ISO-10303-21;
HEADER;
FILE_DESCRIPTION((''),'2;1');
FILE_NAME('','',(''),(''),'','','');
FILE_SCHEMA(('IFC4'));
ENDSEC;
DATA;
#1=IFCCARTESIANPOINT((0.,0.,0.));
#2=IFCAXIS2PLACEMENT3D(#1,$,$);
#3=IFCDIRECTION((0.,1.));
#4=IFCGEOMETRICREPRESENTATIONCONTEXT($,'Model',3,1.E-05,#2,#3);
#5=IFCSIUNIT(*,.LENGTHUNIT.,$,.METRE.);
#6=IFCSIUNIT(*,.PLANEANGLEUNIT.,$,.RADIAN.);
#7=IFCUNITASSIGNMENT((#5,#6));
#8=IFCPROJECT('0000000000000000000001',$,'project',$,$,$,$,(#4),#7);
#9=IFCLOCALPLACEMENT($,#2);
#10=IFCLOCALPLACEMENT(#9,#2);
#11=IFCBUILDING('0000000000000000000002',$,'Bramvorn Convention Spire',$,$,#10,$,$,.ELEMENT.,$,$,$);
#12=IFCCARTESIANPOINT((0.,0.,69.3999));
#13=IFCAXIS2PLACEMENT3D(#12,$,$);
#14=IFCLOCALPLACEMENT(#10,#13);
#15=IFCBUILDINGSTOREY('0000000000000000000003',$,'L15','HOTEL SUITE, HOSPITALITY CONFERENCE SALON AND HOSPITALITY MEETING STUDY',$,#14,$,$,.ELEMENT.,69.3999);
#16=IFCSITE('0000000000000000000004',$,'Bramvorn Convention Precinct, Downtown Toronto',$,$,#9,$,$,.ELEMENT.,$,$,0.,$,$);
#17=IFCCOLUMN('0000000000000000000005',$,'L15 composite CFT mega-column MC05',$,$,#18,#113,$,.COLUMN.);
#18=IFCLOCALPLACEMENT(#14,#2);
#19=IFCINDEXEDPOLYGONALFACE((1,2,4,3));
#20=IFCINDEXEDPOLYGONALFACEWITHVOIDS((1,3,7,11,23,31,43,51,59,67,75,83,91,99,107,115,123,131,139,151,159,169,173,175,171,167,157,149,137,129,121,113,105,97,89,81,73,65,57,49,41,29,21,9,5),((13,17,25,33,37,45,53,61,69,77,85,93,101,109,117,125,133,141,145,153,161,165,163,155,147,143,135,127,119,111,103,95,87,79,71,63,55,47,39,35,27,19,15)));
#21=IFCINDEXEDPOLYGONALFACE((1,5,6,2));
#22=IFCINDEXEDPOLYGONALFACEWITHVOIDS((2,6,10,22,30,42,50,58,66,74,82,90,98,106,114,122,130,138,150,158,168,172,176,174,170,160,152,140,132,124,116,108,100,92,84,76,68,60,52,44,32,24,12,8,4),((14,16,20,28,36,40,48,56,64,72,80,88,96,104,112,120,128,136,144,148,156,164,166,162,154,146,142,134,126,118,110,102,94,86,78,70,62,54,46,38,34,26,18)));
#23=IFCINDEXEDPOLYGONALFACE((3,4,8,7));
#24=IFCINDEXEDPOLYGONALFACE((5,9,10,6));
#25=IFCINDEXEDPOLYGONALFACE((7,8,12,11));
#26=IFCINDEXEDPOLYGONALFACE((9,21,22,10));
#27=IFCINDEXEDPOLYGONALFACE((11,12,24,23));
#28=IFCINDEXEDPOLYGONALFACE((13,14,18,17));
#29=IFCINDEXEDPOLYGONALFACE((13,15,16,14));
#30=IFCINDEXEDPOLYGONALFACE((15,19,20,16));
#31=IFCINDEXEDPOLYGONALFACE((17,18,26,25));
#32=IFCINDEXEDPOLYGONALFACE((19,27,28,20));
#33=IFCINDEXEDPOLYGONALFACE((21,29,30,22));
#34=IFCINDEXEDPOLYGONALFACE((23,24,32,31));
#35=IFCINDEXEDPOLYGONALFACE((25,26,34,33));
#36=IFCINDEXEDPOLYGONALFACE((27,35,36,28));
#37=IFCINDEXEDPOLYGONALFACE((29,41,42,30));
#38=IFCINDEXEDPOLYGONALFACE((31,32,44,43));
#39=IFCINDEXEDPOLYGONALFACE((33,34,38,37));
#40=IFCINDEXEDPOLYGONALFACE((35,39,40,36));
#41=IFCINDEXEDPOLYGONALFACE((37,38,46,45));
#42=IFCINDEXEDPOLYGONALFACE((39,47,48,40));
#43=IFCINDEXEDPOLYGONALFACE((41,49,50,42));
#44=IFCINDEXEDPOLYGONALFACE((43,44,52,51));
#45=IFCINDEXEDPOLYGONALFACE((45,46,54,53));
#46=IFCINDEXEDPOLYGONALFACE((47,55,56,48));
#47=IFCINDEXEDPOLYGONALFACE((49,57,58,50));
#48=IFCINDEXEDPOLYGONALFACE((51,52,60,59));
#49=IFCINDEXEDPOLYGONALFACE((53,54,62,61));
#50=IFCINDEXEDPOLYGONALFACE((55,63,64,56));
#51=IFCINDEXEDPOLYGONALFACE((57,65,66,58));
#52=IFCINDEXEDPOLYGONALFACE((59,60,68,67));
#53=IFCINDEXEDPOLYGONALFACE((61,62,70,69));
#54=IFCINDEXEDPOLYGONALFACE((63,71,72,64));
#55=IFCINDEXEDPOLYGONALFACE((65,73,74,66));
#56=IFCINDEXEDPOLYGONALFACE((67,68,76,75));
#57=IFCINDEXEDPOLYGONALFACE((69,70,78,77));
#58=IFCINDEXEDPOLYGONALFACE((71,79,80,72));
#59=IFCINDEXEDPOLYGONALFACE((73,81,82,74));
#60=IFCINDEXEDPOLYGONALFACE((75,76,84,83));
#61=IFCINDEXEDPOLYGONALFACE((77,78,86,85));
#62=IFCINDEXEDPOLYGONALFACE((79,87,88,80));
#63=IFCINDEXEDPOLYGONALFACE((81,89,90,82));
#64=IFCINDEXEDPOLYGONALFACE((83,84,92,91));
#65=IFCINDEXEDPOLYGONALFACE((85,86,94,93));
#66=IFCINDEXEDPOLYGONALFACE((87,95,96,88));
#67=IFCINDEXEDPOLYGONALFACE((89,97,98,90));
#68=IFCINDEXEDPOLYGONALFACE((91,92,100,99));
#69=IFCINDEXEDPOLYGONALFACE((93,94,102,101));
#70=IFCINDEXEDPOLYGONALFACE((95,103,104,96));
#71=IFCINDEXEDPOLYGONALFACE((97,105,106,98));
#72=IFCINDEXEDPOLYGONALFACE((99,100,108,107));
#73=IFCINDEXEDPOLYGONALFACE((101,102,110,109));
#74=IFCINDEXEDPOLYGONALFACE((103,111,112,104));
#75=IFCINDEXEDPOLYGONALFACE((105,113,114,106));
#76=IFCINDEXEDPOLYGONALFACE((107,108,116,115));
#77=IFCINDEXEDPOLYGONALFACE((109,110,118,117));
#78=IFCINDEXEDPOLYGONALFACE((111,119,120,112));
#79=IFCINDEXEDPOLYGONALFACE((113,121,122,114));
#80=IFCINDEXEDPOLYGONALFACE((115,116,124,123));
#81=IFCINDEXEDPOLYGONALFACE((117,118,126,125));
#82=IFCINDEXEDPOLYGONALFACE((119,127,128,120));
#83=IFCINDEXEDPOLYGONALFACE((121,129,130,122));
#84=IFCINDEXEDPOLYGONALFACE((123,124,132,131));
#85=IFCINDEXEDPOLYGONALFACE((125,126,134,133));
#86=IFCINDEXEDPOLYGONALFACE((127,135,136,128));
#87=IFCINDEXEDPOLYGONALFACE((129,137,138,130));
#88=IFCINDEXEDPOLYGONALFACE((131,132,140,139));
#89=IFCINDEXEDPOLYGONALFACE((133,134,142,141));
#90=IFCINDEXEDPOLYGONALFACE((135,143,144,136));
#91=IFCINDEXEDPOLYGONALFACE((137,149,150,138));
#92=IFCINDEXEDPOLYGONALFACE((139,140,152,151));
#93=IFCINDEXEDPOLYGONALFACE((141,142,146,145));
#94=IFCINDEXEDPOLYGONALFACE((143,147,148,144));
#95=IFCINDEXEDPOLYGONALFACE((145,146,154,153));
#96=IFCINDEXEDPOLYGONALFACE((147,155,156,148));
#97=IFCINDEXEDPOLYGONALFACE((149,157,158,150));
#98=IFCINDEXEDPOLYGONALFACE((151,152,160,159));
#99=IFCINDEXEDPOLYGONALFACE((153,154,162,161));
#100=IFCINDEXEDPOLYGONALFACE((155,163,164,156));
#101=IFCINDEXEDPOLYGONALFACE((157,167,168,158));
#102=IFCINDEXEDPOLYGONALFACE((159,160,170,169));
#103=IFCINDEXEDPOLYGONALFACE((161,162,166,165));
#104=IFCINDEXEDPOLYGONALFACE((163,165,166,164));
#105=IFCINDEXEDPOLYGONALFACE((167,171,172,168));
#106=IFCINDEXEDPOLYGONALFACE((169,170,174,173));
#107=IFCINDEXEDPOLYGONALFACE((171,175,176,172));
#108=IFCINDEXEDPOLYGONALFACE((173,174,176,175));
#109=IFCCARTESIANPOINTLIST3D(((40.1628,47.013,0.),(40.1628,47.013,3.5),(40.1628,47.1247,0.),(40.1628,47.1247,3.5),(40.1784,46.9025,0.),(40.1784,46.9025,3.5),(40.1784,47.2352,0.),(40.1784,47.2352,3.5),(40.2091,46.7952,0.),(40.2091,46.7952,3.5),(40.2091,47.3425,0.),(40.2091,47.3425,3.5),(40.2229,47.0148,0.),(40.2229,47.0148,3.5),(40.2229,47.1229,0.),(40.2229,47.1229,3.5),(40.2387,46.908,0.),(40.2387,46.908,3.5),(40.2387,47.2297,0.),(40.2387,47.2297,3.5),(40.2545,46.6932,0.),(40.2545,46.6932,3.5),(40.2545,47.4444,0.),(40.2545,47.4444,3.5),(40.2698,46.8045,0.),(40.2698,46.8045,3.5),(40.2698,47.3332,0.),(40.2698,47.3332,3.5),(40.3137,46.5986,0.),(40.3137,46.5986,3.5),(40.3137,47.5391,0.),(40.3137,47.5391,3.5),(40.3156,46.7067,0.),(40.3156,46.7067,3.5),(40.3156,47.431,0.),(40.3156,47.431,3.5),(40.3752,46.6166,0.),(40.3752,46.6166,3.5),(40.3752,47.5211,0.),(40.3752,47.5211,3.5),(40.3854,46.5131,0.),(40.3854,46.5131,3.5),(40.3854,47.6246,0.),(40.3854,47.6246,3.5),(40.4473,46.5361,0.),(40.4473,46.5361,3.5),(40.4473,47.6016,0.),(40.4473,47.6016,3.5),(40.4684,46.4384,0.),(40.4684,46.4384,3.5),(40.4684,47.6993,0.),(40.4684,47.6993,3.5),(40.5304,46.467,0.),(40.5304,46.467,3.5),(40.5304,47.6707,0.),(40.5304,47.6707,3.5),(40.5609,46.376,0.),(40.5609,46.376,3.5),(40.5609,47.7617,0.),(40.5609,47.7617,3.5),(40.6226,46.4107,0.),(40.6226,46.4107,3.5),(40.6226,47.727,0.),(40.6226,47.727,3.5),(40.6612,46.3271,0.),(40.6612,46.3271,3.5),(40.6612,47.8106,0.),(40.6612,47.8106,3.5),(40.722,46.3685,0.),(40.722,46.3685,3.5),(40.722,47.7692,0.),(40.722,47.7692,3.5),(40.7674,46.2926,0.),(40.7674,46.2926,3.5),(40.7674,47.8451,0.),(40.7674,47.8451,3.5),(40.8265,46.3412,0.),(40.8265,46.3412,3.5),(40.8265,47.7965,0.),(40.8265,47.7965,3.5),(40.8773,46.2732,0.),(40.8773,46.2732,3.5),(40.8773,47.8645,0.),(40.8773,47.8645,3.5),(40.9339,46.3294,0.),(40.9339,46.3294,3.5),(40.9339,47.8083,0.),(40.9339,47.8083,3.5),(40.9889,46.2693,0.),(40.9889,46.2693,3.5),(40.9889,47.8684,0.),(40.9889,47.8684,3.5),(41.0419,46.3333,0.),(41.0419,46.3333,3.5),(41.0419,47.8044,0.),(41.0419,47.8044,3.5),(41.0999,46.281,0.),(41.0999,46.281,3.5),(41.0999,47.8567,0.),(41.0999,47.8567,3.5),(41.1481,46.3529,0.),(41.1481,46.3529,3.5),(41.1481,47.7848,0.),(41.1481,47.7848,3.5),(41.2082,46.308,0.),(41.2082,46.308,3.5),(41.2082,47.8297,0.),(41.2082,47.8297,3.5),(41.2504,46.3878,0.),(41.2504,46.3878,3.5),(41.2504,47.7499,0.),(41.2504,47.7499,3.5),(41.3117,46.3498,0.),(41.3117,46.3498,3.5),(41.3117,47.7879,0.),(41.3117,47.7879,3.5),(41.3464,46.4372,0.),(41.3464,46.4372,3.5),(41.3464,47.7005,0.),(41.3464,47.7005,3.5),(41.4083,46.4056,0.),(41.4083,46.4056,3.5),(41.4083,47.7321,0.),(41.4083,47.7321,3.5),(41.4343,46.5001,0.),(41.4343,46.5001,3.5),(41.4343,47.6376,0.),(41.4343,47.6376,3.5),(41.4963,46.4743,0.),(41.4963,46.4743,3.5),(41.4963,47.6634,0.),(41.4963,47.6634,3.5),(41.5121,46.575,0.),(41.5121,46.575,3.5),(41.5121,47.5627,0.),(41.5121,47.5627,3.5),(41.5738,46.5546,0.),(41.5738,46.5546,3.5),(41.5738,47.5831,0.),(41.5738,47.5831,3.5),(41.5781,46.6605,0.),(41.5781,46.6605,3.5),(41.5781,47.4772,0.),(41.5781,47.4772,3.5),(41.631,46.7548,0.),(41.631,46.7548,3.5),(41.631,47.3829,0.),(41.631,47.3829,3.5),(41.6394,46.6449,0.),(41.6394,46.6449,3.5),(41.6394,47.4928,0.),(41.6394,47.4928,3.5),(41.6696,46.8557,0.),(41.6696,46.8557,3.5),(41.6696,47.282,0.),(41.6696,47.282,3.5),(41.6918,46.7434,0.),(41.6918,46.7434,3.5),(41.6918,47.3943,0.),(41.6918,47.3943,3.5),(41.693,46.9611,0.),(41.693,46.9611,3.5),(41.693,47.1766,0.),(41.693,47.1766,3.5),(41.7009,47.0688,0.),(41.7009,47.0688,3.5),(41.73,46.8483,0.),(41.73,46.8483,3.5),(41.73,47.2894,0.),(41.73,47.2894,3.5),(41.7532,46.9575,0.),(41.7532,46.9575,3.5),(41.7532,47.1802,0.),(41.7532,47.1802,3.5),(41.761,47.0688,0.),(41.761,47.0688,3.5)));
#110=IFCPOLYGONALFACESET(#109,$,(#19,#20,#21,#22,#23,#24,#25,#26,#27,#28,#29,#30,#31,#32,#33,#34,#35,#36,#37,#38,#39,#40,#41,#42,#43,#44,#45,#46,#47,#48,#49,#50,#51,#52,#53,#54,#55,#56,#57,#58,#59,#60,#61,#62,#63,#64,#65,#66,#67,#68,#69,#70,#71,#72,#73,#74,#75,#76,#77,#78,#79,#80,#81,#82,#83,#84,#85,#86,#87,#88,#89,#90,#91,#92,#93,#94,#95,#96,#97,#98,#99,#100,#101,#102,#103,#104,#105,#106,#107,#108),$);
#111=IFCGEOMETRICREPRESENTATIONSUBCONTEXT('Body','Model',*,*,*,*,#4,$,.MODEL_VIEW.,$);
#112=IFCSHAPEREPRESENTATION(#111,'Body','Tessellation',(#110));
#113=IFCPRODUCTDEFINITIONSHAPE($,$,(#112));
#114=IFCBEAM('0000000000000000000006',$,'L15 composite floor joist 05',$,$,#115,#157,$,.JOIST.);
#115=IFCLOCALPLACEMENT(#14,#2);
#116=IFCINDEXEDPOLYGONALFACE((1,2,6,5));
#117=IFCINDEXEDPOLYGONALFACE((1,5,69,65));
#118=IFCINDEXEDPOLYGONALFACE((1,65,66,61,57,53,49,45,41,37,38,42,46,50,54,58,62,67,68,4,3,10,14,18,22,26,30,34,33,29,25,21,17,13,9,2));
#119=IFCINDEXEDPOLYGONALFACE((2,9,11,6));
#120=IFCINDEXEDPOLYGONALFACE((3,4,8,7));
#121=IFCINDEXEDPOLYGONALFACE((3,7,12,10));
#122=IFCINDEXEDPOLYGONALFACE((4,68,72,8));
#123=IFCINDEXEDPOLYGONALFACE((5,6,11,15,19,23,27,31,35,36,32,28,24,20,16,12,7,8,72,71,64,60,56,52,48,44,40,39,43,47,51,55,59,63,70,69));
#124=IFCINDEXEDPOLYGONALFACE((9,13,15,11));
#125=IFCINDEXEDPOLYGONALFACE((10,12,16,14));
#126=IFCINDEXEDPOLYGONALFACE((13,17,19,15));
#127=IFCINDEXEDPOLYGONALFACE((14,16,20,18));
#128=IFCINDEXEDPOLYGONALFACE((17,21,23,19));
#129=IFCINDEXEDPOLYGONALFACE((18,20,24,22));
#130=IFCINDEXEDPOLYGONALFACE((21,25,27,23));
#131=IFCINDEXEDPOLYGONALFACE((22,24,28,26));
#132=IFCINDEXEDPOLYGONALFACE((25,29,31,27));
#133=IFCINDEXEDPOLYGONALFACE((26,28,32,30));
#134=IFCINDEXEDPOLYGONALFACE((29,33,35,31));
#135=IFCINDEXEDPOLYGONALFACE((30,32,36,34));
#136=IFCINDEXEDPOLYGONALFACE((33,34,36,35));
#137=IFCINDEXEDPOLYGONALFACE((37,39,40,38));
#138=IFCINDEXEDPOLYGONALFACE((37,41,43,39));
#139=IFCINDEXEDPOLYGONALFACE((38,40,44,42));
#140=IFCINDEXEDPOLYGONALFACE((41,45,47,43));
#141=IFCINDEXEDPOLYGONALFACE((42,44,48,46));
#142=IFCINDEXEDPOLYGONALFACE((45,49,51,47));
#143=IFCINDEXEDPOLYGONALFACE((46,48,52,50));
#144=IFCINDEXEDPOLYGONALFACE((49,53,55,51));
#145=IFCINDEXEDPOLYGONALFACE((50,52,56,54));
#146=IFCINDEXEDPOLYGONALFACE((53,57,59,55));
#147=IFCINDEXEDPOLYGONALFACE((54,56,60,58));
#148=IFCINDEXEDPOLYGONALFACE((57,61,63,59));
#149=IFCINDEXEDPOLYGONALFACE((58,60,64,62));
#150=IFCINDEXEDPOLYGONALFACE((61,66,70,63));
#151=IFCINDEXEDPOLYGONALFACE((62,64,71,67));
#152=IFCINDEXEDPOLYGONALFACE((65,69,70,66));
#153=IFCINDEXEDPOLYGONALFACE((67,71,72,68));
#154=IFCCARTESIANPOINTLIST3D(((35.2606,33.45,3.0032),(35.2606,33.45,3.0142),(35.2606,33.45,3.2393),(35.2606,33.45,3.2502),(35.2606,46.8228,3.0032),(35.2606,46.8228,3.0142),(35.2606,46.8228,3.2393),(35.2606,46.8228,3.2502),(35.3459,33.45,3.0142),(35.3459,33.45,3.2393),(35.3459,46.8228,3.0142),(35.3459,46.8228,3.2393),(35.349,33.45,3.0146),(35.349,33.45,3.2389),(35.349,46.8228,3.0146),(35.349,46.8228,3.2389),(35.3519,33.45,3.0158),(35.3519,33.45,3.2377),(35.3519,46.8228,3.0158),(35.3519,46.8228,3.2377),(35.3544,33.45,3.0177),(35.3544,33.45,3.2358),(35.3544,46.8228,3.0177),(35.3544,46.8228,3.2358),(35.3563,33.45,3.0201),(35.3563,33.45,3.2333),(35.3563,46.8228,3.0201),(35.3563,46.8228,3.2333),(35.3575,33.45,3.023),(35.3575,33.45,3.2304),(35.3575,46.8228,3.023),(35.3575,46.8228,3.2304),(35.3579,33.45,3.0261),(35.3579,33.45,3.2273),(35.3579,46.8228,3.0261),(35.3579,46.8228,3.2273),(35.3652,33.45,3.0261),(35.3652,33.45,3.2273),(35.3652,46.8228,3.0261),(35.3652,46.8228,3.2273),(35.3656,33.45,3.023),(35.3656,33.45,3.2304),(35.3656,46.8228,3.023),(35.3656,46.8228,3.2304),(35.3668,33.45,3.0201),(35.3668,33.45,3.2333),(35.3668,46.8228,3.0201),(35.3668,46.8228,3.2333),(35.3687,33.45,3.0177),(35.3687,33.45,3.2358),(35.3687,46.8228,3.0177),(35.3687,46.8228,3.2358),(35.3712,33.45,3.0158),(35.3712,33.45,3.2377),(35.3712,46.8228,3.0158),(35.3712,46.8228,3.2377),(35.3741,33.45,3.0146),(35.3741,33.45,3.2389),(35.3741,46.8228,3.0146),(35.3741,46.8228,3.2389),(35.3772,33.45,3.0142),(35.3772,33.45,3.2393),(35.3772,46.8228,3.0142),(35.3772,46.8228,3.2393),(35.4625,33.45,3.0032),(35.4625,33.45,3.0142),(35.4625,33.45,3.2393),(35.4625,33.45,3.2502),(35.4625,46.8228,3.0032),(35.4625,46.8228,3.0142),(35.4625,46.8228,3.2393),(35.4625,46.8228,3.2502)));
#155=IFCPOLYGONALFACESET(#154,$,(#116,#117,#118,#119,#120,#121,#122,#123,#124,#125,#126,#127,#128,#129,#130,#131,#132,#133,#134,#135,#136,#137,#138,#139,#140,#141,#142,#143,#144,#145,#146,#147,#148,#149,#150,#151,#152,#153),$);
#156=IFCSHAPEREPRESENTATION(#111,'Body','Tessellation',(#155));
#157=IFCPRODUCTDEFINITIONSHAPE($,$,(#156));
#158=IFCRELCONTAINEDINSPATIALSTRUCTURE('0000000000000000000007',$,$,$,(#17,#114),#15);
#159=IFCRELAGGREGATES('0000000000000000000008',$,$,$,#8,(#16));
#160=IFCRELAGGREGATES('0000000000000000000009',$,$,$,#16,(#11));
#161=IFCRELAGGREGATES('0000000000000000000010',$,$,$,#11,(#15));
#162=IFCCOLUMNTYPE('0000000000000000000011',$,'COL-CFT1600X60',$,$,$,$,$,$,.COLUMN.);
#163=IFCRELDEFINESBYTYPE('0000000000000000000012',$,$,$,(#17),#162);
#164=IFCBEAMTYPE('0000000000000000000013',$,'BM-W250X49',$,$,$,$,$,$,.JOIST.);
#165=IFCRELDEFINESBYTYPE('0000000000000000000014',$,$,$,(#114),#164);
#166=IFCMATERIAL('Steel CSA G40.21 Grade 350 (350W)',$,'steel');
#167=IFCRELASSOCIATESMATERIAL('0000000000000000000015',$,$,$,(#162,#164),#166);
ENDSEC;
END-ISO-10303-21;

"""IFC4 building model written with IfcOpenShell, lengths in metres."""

from ifc_helpers import new_model, si_unit, direction, frame, origin, origin_2d, place, context, subcontext, project, spatial, hollow_circle, i_section, extrude, material, material_profile, profile_set, type_object, element, save


model = new_model("IFC4")

# Units and contexts
model_context = context("Model", 3, precision=1e-05, world=origin(), true_north=direction((0.0, 1.0)))
body_context = subcontext(model_context, "Body", "Model", "MODEL_VIEW")
ifc_project = project(units=[si_unit("LENGTHUNIT", "METRE"), si_unit("PLANEANGLEUNIT", "RADIAN")], contexts=[model_context])

# Site, building, storey
site_placement = place(None, origin())
site = spatial("IfcSite", under=ifc_project, at=site_placement, Name="Bramvorn Convention Precinct, Downtown Toronto", CompositionType="ELEMENT", RefElevation=0.0)
building_placement = place(site_placement, origin())
building = spatial("IfcBuilding", under=site, at=building_placement, Name="Bramvorn Convention Spire", CompositionType="ELEMENT")
storey_placement = place(building_placement, frame((0.0, 0.0, 69.3999)))
storey = spatial("IfcBuildingStorey", under=building, at=storey_placement, Name="L15", Description="HOTEL SUITE, HOSPITALITY CONFERENCE SALON AND HOSPITALITY MEETING STUDY", CompositionType="ELEMENT", Elevation=69.3999)

# Column
ifc_material_1 = material(Name="Steel CSA G40.21 Grade 350 (350W)", Category="steel")
ifc_material_profile_1 = material_profile(ifc_material_1, hollow_circle(Radius=0.8, WallThickness=0.0601, at=origin_2d()))
ifc_profile_set_1 = profile_set([ifc_material_profile_1], Name="Steel CSA G40.21 Grade 350 (350W) - CFT1600X60")
column_type = type_object("IfcColumnType", Name="COL-CFT1600X60", PredefinedType="COLUMN", material=ifc_profile_set_1)
column_placement = place(storey_placement, frame((40.9609, 47.0688, 0.0), z_axis=(0.0, 0.0, 1.0), x_axis=(1.0, 0.0, 0.0)))
element("IfcColumn", 1, at=column_placement, inside=storey, type_object=column_type, Name="L15 composite CFT mega-column MC05", PredefinedType="COLUMN", context=body_context, shape_type="SweptSolid", body=[
    extrude(hollow_circle(Radius=0.8, WallThickness=0.0601, at=origin_2d()), origin(), (0.0, 0.0, 1.0), 3.5),
])

# Beam
ifc_material_profile_2 = material_profile(ifc_material_1, i_section(OverallWidth=0.2019, OverallDepth=0.2471, WebThickness=0.0073, FlangeThickness=0.011, FilletRadius=0.012, at=origin_2d()))
ifc_profile_set_2 = profile_set([ifc_material_profile_2], Name="Steel CSA G40.21 Grade 350 (350W) - W250X49")
beam_type_1 = type_object("IfcBeamType", Name="BM-W250X49", PredefinedType="JOIST", material=ifc_profile_set_2)
beam_1_placement = place(storey_placement, frame((35.3616, 33.45, 3.1267), z_axis=(0.0, 1.0, 0.0), x_axis=(-1.0, 0.0, 0.0)))
element("IfcBeam", 2, at=beam_1_placement, inside=storey, type_object=beam_type_1, Name="L15 composite floor joist 05", PredefinedType="JOIST", context=body_context, shape_type="SweptSolid", body=[
    extrude(i_section(OverallWidth=0.2019, OverallDepth=0.2471, WebThickness=0.0073, FlangeThickness=0.011, FilletRadius=0.012, at=origin_2d()), origin(), (0.0, 0.0, 1.0), 13.3728),
])

save(model, "model.ifc")
